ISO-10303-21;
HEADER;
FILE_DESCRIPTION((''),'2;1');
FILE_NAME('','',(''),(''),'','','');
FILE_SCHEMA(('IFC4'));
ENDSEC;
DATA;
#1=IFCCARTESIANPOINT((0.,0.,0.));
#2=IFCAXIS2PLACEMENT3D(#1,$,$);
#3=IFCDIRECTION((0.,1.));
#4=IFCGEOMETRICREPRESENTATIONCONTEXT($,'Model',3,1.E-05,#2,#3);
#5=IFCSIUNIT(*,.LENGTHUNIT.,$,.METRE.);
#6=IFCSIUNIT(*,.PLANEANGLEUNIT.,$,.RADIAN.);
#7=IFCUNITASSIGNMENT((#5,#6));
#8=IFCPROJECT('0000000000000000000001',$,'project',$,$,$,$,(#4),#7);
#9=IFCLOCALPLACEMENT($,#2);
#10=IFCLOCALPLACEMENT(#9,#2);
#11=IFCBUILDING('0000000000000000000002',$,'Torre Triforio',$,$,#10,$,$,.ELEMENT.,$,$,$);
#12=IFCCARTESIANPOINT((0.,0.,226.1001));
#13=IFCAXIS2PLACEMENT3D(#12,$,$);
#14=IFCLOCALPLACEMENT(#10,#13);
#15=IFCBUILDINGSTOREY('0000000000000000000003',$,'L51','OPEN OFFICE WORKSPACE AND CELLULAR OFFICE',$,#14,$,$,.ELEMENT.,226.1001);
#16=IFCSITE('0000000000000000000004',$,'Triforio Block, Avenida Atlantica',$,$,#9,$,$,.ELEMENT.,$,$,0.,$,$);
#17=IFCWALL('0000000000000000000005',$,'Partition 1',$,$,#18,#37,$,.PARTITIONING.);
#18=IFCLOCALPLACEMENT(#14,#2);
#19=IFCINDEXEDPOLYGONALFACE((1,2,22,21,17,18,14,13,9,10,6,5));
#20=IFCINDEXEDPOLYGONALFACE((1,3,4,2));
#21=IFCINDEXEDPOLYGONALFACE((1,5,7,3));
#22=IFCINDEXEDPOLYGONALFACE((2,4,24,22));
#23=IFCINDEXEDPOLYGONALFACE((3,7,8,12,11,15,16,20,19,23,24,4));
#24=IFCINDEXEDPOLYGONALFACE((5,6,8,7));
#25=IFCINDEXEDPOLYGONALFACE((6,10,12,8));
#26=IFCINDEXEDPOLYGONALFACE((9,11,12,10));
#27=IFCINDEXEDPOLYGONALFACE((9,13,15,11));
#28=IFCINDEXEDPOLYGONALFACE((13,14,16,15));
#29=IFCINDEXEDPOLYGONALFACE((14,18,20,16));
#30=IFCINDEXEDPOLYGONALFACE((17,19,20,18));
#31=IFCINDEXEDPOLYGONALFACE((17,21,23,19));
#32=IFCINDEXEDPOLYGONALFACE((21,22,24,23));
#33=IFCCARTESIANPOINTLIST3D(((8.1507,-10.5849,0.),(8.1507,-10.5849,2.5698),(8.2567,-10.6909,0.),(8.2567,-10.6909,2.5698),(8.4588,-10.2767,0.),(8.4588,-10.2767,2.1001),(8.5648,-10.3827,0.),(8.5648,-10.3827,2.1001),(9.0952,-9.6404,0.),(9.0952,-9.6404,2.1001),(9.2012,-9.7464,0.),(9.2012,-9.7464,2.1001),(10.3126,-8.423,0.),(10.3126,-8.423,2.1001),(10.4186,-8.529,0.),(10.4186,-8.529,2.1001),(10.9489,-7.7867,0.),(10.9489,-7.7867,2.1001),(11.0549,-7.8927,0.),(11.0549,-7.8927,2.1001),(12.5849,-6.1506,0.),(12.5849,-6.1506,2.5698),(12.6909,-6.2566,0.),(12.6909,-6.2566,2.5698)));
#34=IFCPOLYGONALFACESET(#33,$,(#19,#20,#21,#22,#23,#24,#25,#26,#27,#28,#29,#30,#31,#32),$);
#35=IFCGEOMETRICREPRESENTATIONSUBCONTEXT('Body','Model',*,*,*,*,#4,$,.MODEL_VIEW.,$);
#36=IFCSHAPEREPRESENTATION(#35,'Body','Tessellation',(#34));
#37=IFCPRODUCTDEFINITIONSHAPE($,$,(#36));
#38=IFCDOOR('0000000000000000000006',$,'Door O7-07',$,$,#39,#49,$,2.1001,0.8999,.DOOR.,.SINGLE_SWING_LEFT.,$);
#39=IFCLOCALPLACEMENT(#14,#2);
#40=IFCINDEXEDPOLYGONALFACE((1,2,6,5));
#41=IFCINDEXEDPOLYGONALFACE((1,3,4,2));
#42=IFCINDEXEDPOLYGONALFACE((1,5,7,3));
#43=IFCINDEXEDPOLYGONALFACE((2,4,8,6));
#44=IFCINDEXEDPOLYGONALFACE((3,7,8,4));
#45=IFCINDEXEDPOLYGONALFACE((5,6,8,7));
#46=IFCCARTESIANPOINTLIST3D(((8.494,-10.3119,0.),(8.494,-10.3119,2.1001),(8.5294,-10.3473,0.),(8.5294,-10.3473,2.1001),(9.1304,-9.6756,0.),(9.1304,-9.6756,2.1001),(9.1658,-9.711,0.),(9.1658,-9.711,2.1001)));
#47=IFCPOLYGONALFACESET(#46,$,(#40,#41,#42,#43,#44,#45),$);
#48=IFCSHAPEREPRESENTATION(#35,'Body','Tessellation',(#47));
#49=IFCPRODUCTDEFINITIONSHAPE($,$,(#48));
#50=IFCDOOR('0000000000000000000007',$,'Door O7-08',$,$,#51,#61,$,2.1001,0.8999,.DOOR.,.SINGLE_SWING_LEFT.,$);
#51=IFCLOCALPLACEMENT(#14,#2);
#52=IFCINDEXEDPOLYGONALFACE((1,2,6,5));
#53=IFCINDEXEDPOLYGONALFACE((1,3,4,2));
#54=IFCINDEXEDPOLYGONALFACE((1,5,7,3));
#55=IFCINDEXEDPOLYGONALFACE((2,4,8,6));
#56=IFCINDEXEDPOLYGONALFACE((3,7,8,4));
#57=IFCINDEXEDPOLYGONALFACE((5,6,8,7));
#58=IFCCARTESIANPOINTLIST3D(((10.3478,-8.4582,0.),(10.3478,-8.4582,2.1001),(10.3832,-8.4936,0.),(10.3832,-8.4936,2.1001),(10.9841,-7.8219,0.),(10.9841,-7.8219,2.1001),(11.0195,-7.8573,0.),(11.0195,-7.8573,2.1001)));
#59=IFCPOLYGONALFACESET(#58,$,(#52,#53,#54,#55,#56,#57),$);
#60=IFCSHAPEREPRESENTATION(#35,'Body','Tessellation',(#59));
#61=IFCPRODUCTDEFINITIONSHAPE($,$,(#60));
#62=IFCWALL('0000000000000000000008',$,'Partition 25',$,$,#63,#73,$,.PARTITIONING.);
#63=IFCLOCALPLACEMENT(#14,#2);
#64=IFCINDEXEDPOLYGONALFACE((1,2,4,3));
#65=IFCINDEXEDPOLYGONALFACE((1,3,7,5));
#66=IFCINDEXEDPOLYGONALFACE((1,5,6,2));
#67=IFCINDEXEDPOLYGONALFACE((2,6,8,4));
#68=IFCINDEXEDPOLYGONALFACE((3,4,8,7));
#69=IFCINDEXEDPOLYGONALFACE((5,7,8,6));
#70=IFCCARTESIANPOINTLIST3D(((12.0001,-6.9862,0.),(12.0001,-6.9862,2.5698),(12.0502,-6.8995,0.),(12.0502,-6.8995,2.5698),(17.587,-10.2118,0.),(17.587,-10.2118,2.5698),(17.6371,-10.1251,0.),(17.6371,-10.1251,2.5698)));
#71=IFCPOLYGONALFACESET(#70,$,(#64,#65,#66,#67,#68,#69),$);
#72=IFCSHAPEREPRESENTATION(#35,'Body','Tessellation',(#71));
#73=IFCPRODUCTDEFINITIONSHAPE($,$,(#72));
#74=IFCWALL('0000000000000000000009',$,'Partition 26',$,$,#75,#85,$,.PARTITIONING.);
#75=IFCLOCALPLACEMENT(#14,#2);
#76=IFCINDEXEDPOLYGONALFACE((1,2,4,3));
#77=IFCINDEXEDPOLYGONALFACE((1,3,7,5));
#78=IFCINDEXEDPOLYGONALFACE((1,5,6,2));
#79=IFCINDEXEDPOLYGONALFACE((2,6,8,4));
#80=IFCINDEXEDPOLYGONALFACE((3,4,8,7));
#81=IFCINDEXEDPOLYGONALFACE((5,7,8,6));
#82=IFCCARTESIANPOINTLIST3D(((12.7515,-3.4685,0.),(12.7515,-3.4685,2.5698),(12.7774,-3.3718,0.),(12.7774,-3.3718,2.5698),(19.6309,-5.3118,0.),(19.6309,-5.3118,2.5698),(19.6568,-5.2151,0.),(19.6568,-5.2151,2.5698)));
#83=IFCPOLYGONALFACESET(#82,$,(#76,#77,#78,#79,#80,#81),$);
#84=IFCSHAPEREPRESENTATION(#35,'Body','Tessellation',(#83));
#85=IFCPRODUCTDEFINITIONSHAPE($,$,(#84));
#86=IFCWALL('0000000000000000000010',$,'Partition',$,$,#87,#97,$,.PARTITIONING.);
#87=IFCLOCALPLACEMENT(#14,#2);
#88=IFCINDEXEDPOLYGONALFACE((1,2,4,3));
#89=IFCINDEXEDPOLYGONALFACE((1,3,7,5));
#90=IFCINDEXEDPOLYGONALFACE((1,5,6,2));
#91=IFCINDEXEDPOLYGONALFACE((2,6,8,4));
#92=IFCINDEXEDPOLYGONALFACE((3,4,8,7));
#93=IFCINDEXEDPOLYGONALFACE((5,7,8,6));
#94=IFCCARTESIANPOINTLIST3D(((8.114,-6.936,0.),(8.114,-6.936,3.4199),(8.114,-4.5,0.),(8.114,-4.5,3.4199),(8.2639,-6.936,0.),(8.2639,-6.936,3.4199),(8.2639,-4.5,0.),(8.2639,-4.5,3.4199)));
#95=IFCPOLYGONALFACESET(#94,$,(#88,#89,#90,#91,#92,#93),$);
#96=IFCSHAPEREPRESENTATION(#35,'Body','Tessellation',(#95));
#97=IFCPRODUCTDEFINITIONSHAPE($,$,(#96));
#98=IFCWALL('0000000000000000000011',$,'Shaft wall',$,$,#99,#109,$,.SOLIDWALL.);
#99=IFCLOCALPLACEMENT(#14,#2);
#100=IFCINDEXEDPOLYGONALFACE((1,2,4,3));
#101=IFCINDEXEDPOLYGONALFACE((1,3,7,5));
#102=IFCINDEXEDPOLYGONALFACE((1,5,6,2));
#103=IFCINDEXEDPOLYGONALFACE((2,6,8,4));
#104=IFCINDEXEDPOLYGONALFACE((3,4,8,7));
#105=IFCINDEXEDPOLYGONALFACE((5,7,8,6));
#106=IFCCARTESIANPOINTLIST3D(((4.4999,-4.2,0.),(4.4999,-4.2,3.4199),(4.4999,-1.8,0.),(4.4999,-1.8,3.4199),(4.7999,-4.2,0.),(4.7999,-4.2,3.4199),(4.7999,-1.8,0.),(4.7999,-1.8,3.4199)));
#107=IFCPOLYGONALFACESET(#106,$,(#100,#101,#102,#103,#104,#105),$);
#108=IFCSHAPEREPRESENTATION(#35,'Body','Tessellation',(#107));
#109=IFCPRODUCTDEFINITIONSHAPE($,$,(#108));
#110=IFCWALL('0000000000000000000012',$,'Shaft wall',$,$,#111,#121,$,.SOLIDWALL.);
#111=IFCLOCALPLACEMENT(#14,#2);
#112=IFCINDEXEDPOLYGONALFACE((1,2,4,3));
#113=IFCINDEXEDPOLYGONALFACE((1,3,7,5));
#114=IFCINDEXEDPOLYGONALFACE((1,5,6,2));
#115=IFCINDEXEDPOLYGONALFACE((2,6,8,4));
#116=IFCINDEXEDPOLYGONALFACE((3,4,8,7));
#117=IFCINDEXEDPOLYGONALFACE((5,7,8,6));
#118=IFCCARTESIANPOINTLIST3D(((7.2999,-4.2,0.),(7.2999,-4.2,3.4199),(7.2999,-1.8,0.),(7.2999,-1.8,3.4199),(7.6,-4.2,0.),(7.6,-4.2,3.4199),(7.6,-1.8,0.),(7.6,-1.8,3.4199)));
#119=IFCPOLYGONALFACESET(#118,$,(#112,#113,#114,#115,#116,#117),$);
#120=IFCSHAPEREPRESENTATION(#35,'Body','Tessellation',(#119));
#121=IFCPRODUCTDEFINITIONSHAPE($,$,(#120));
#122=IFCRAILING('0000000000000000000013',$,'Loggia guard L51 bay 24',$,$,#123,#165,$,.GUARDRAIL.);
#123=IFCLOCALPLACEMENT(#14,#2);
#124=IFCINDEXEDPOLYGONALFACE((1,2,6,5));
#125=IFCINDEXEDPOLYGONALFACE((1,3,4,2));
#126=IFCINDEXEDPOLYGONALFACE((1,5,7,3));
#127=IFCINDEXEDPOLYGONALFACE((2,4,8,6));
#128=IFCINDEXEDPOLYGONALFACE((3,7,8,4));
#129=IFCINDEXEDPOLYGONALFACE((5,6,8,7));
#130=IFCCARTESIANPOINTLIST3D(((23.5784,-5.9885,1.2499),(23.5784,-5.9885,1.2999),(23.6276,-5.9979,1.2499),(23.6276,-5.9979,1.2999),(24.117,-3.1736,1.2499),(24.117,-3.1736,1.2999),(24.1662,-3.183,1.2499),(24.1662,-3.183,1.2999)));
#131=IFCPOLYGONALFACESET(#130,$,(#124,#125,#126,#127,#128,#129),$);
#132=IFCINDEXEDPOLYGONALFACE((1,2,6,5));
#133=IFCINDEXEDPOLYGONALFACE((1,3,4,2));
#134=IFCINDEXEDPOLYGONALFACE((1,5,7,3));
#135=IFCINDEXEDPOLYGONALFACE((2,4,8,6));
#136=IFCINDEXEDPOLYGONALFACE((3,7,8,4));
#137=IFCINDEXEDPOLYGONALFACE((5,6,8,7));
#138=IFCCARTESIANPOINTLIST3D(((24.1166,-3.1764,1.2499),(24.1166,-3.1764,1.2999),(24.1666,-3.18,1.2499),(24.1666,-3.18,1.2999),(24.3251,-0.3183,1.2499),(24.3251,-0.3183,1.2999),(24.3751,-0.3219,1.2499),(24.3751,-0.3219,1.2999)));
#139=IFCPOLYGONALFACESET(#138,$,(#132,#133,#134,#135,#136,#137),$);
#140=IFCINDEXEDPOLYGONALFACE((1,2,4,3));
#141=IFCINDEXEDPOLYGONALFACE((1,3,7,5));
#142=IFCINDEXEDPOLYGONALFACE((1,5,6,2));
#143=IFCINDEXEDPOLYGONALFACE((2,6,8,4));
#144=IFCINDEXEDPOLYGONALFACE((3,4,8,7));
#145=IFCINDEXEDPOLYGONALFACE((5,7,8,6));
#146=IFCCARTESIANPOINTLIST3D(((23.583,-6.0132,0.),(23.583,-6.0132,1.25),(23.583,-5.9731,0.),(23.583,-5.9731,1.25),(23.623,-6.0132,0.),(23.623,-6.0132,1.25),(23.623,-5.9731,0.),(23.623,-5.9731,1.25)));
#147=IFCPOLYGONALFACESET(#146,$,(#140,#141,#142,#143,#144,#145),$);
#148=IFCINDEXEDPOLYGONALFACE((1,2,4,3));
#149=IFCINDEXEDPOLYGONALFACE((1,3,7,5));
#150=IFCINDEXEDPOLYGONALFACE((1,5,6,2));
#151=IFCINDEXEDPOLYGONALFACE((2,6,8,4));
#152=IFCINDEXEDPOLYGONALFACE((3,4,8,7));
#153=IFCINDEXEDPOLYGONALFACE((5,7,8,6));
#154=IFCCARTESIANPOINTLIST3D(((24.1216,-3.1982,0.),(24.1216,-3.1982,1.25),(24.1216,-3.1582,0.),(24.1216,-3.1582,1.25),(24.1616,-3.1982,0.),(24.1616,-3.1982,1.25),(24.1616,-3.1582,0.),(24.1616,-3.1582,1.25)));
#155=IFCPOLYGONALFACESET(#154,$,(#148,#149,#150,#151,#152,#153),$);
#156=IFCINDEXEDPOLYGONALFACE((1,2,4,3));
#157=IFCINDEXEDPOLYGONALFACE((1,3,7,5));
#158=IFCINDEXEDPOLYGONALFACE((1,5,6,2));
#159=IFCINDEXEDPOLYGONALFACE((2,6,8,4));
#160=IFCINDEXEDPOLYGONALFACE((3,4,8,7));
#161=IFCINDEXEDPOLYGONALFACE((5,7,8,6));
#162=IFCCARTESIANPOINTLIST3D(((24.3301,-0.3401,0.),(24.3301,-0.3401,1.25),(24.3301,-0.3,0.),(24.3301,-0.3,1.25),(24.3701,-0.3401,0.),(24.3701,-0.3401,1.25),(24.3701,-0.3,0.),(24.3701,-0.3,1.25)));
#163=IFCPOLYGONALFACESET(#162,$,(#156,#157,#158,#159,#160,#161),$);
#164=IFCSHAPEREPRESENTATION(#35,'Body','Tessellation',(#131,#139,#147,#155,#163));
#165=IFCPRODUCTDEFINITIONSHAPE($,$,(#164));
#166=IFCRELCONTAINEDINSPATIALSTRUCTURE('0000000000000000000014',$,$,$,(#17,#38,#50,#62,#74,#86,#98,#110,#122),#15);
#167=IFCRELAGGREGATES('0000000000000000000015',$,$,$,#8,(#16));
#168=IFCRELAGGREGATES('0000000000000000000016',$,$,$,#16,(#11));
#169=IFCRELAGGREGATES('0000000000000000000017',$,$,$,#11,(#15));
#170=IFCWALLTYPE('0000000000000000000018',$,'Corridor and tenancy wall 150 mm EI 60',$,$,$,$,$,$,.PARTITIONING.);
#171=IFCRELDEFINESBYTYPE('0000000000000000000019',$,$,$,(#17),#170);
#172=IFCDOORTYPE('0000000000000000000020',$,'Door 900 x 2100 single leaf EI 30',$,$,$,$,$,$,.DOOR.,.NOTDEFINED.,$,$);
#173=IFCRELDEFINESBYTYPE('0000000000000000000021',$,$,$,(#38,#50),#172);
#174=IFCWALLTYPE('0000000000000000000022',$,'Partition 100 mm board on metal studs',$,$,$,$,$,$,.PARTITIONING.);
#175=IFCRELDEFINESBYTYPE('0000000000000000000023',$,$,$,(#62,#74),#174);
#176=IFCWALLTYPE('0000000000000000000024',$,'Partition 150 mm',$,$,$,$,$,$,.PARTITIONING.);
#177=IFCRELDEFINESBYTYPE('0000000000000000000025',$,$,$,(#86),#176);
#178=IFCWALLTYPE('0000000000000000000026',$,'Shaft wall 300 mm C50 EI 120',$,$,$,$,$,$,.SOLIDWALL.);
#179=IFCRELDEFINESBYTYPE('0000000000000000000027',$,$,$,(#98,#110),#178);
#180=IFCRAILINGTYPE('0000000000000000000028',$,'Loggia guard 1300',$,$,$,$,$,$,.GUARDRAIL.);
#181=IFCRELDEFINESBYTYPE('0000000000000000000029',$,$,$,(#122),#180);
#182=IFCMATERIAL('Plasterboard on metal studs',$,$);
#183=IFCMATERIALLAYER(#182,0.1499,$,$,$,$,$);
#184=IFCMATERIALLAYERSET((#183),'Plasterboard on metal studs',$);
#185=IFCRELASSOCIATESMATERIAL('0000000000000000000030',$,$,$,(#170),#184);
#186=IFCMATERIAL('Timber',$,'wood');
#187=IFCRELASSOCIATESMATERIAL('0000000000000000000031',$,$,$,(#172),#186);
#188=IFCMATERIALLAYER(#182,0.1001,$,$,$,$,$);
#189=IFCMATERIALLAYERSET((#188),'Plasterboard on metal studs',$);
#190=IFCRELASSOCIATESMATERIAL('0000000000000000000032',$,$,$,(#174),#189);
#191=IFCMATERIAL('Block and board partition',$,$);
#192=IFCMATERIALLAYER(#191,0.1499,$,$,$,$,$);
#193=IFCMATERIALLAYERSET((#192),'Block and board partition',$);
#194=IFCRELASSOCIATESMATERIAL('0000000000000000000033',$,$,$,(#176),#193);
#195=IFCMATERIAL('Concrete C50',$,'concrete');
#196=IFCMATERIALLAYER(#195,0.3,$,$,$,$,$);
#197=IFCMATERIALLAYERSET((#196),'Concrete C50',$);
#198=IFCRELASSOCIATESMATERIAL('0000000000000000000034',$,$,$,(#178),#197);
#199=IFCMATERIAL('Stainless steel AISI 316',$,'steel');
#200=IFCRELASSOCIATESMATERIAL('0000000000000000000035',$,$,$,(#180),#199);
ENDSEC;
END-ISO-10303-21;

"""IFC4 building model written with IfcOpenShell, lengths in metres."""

from ifc_helpers import new_model, si_unit, direction, frame, frame_2d, origin, origin_2d, place, context, subcontext, project, spatial, rectangle, extrude, material, layer, layer_set, type_object, element, fill, save


model = new_model("IFC4")

# Units and contexts
model_context = context("Model", 3, precision=1e-05, world=origin(), true_north=direction((0.0, 1.0)))
body_context = subcontext(model_context, "Body", "Model", "MODEL_VIEW")
ifc_project = project(units=[si_unit("LENGTHUNIT", "METRE"), si_unit("PLANEANGLEUNIT", "RADIAN")], contexts=[model_context])

# Site, building, storey
site_placement = place(None, origin())
site = spatial("IfcSite", under=ifc_project, at=site_placement, Name="Triforio Block, Avenida Atlantica", CompositionType="ELEMENT", RefElevation=0.0)
building_placement = place(site_placement, origin())
building = spatial("IfcBuilding", under=site, at=building_placement, Name="Torre Triforio", CompositionType="ELEMENT")
storey_placement = place(building_placement, frame((0.0, 0.0, 226.1001)))
storey = spatial("IfcBuildingStorey", under=building, at=storey_placement, Name="L51", Description="OPEN OFFICE WORKSPACE AND CELLULAR OFFICE", CompositionType="ELEMENT", Elevation=226.1001)

# Shared definitions
ifc_material_1 = material(Name="Concrete C50", Category="concrete")

# Wall, openings, doors
ifc_material_2 = material(Name="Plasterboard on metal studs")
ifc_layer_1 = layer(ifc_material_2, 0.1499)
ifc_layer_set_1 = layer_set([ifc_layer_1], Name="Plasterboard on metal studs")
wall_type_1 = type_object("IfcWallType", Name="Corridor and tenancy wall 150 mm EI 60", PredefinedType="PARTITIONING", material=ifc_layer_set_1)
wall_1_placement = place(storey_placement, frame((12.6379, -6.2036, 0.0), z_axis=(0.0, 0.0, 1.0), x_axis=(-0.707107, -0.707107, 0.0)))
wall_1 = element("IfcWall", 1, at=wall_1_placement, inside=storey, type_object=wall_type_1, Name="Partition 1", PredefinedType="PARTITIONING", context=body_context, shape_type="SweptSolid", body=[
    extrude(rectangle(XDim=6.271, YDim=0.1499, at=frame_2d((3.1355, 0.0))), origin(), (0.0, 0.0, 1.0), 2.5698),
])
opening_1_placement = place(wall_1_placement, frame((4.9353, 0.0, 0.0)))
opening_1 = element("IfcOpeningElement", 2, at=opening_1_placement, cuts=wall_1, PredefinedType="OPENING", context=body_context, shape_type="SweptSolid", body=[
    extrude(rectangle(XDim=0.8999, YDim=2.1001, at=frame_2d((0.45, 1.05))), frame((0.0, 0.085, 0.0), z_axis=(0.0, -1.0, 0.0), x_axis=(1.0, 0.0, 0.0)), (0.0, 0.0, 1.0), 0.1699),
])
opening_2_placement = place(wall_1_placement, frame((2.3137, 0.0, 0.0)))
opening_2 = element("IfcOpeningElement", 3, at=opening_2_placement, cuts=wall_1, PredefinedType="OPENING", context=body_context, shape_type="SweptSolid", body=[
    extrude(rectangle(XDim=0.8999, YDim=2.1001, at=frame_2d((0.45, 1.05))), frame((0.0, 0.085, 0.0), z_axis=(0.0, -1.0, 0.0), x_axis=(1.0, 0.0, 0.0)), (0.0, 0.0, 1.0), 0.1699),
])
ifc_material_3 = material(Name="Timber", Category="wood")
door_type_1 = type_object("IfcDoorType", Name="Door 900 x 2100 single leaf EI 30", OperationType="NOTDEFINED", PredefinedType="DOOR", material=ifc_material_3)
door_1_placement = place(opening_1_placement, origin())
door_1 = element("IfcDoor", 4, at=door_1_placement, inside=storey, type_object=door_type_1, Name="Door O7-07", OperationType="SINGLE_SWING_LEFT", OverallHeight=2.1001, OverallWidth=0.8999, PredefinedType="DOOR", context=body_context, shape_type="SweptSolid", body=[
    extrude(rectangle(XDim=0.8999, YDim=2.1001, at=frame_2d((0.45, 1.05))), frame((0.0, 0.0249, 0.0), z_axis=(0.0, -1.0, 0.0), x_axis=(1.0, 0.0, 0.0)), (0.0, 0.0, 1.0), 0.05),
])
fill(opening_1, door_1)
door_2_placement = place(opening_2_placement, origin())
door_2 = element("IfcDoor", 5, at=door_2_placement, inside=storey, type_object=door_type_1, Name="Door O7-08", OperationType="SINGLE_SWING_LEFT", OverallHeight=2.1001, OverallWidth=0.8999, PredefinedType="DOOR", context=body_context, shape_type="SweptSolid", body=[
    extrude(rectangle(XDim=0.8999, YDim=2.1001, at=frame_2d((0.45, 1.05))), frame((0.0, 0.0249, 0.0), z_axis=(0.0, -1.0, 0.0), x_axis=(1.0, 0.0, 0.0)), (0.0, 0.0, 1.0), 0.05),
])
fill(opening_2, door_2)

# Walls
ifc_layer_2 = layer(ifc_material_2, 0.1001)
ifc_layer_set_2 = layer_set([ifc_layer_2], Name="Plasterboard on metal studs")
wall_type_2 = type_object("IfcWallType", Name="Partition 100 mm board on metal studs", PredefinedType="PARTITIONING", material=ifc_layer_set_2)
wall_2_placement = place(storey_placement, frame((12.0251, -6.9429, 0.0), z_axis=(0.0, 0.0, 1.0), x_axis=(0.866027, -0.499998, 0.0)))
element("IfcWall", 6, at=wall_2_placement, inside=storey, type_object=wall_type_2, Name="Partition 25", PredefinedType="PARTITIONING", context=body_context, shape_type="SweptSolid", body=[
    extrude(rectangle(XDim=6.4512, YDim=0.1001, at=frame_2d((3.2256, 0.0))), origin(), (0.0, 0.0, 1.0), 2.5698),
])
wall_3_placement = place(storey_placement, frame((12.7644, -3.4202, 0.0), z_axis=(0.0, 0.0, 1.0), x_axis=(0.965928, -0.25881, 0.0)))
element("IfcWall", 7, at=wall_3_placement, inside=storey, type_object=wall_type_2, Name="Partition 26", PredefinedType="PARTITIONING", context=body_context, shape_type="SweptSolid", body=[
    extrude(rectangle(XDim=7.1221, YDim=0.1001, at=frame_2d((3.561, 0.0))), origin(), (0.0, 0.0, 1.0), 2.5698),
])
ifc_material_4 = material(Name="Block and board partition")
ifc_layer_3 = layer(ifc_material_4, 0.1499)
ifc_layer_set_3 = layer_set([ifc_layer_3], Name="Block and board partition")
wall_type_3 = type_object("IfcWallType", Name="Partition 150 mm", PredefinedType="PARTITIONING", material=ifc_layer_set_3)
wall_4_placement = place(storey_placement, frame((8.189, -6.936, 0.0), z_axis=(0.0, 0.0, 1.0), x_axis=(0.0, 1.0, 0.0)))
element("IfcWall", 8, at=wall_4_placement, inside=storey, type_object=wall_type_3, Name="Partition", PredefinedType="PARTITIONING", context=body_context, shape_type="SweptSolid", body=[
    extrude(rectangle(XDim=2.436, YDim=0.1499, at=frame_2d((1.218, 0.0))), origin(), (0.0, 0.0, 1.0), 3.4199),
])
ifc_layer_4 = layer(ifc_material_1, 0.3)
ifc_layer_set_4 = layer_set([ifc_layer_4], Name="Concrete C50")
wall_type_4 = type_object("IfcWallType", Name="Shaft wall 300 mm C50 EI 120", PredefinedType="SOLIDWALL", material=ifc_layer_set_4)
for number, where, z_axis, x_axis, name in (
    (9, (4.6499, -4.2, 0.0), (0.0, 0.0, 1.0), (0.0, 1.0, 0.0), "Shaft wall"),
    (10, (7.45, -4.2, 0.0), (0.0, 0.0, 1.0), (0.0, 1.0, 0.0), "Shaft wall"),
):
    element("IfcWall", number, at=place(storey_placement, frame(where, z_axis=z_axis, x_axis=x_axis)), inside=storey, type_object=wall_type_4, Name=name, PredefinedType="SOLIDWALL", context=body_context, shape_type="SweptSolid", body=[
        extrude(rectangle(XDim=2.3999, YDim=0.3, at=frame_2d((1.2, 0.0))), origin(), (0.0, 0.0, 1.0), 3.4199),
    ])

# Railing
ifc_material_5 = material(Name="Stainless steel AISI 316", Category="steel")
railing_type = type_object("IfcRailingType", Name="Loggia guard 1300", PredefinedType="GUARDRAIL", material=ifc_material_5)
railing_placement = place(storey_placement, frame((23.603, -5.9932, 0.0)))
element("IfcRailing", 11, at=railing_placement, inside=storey, type_object=railing_type, Name="Loggia guard L51 bay 24", PredefinedType="GUARDRAIL", context=body_context, shape_type="SweptSolid", body=[
    extrude(rectangle(XDim=0.05, YDim=0.05, at=origin_2d()), frame((0.0, 0.0, 1.2749), z_axis=(0.187918, 0.982185, 0.0), x_axis=(-0.982185, 0.187918, 0.0)), (0.0, 0.0, 1.0), 2.866),
    extrude(rectangle(XDim=0.05, YDim=0.05, at=origin_2d()), frame((0.5386, 2.8149, 1.2749), z_axis=(0.072754, 0.99735, 0.0), x_axis=(-0.99735, 0.072754, 0.0)), (0.0, 0.0, 1.0), 2.8657),
    extrude(rectangle(XDim=0.04, YDim=0.04, at=origin_2d()), origin(), (0.0, 0.0, 1.0), 1.25),
    extrude(rectangle(XDim=0.04, YDim=0.04, at=origin_2d()), frame((0.5386, 2.8149, 0.0)), (0.0, 0.0, 1.0), 1.25),
    extrude(rectangle(XDim=0.04, YDim=0.04, at=origin_2d()), frame((0.7471, 5.6731, 0.0)), (0.0, 0.0, 1.0), 1.25),
])

save(model, "model.ifc")
